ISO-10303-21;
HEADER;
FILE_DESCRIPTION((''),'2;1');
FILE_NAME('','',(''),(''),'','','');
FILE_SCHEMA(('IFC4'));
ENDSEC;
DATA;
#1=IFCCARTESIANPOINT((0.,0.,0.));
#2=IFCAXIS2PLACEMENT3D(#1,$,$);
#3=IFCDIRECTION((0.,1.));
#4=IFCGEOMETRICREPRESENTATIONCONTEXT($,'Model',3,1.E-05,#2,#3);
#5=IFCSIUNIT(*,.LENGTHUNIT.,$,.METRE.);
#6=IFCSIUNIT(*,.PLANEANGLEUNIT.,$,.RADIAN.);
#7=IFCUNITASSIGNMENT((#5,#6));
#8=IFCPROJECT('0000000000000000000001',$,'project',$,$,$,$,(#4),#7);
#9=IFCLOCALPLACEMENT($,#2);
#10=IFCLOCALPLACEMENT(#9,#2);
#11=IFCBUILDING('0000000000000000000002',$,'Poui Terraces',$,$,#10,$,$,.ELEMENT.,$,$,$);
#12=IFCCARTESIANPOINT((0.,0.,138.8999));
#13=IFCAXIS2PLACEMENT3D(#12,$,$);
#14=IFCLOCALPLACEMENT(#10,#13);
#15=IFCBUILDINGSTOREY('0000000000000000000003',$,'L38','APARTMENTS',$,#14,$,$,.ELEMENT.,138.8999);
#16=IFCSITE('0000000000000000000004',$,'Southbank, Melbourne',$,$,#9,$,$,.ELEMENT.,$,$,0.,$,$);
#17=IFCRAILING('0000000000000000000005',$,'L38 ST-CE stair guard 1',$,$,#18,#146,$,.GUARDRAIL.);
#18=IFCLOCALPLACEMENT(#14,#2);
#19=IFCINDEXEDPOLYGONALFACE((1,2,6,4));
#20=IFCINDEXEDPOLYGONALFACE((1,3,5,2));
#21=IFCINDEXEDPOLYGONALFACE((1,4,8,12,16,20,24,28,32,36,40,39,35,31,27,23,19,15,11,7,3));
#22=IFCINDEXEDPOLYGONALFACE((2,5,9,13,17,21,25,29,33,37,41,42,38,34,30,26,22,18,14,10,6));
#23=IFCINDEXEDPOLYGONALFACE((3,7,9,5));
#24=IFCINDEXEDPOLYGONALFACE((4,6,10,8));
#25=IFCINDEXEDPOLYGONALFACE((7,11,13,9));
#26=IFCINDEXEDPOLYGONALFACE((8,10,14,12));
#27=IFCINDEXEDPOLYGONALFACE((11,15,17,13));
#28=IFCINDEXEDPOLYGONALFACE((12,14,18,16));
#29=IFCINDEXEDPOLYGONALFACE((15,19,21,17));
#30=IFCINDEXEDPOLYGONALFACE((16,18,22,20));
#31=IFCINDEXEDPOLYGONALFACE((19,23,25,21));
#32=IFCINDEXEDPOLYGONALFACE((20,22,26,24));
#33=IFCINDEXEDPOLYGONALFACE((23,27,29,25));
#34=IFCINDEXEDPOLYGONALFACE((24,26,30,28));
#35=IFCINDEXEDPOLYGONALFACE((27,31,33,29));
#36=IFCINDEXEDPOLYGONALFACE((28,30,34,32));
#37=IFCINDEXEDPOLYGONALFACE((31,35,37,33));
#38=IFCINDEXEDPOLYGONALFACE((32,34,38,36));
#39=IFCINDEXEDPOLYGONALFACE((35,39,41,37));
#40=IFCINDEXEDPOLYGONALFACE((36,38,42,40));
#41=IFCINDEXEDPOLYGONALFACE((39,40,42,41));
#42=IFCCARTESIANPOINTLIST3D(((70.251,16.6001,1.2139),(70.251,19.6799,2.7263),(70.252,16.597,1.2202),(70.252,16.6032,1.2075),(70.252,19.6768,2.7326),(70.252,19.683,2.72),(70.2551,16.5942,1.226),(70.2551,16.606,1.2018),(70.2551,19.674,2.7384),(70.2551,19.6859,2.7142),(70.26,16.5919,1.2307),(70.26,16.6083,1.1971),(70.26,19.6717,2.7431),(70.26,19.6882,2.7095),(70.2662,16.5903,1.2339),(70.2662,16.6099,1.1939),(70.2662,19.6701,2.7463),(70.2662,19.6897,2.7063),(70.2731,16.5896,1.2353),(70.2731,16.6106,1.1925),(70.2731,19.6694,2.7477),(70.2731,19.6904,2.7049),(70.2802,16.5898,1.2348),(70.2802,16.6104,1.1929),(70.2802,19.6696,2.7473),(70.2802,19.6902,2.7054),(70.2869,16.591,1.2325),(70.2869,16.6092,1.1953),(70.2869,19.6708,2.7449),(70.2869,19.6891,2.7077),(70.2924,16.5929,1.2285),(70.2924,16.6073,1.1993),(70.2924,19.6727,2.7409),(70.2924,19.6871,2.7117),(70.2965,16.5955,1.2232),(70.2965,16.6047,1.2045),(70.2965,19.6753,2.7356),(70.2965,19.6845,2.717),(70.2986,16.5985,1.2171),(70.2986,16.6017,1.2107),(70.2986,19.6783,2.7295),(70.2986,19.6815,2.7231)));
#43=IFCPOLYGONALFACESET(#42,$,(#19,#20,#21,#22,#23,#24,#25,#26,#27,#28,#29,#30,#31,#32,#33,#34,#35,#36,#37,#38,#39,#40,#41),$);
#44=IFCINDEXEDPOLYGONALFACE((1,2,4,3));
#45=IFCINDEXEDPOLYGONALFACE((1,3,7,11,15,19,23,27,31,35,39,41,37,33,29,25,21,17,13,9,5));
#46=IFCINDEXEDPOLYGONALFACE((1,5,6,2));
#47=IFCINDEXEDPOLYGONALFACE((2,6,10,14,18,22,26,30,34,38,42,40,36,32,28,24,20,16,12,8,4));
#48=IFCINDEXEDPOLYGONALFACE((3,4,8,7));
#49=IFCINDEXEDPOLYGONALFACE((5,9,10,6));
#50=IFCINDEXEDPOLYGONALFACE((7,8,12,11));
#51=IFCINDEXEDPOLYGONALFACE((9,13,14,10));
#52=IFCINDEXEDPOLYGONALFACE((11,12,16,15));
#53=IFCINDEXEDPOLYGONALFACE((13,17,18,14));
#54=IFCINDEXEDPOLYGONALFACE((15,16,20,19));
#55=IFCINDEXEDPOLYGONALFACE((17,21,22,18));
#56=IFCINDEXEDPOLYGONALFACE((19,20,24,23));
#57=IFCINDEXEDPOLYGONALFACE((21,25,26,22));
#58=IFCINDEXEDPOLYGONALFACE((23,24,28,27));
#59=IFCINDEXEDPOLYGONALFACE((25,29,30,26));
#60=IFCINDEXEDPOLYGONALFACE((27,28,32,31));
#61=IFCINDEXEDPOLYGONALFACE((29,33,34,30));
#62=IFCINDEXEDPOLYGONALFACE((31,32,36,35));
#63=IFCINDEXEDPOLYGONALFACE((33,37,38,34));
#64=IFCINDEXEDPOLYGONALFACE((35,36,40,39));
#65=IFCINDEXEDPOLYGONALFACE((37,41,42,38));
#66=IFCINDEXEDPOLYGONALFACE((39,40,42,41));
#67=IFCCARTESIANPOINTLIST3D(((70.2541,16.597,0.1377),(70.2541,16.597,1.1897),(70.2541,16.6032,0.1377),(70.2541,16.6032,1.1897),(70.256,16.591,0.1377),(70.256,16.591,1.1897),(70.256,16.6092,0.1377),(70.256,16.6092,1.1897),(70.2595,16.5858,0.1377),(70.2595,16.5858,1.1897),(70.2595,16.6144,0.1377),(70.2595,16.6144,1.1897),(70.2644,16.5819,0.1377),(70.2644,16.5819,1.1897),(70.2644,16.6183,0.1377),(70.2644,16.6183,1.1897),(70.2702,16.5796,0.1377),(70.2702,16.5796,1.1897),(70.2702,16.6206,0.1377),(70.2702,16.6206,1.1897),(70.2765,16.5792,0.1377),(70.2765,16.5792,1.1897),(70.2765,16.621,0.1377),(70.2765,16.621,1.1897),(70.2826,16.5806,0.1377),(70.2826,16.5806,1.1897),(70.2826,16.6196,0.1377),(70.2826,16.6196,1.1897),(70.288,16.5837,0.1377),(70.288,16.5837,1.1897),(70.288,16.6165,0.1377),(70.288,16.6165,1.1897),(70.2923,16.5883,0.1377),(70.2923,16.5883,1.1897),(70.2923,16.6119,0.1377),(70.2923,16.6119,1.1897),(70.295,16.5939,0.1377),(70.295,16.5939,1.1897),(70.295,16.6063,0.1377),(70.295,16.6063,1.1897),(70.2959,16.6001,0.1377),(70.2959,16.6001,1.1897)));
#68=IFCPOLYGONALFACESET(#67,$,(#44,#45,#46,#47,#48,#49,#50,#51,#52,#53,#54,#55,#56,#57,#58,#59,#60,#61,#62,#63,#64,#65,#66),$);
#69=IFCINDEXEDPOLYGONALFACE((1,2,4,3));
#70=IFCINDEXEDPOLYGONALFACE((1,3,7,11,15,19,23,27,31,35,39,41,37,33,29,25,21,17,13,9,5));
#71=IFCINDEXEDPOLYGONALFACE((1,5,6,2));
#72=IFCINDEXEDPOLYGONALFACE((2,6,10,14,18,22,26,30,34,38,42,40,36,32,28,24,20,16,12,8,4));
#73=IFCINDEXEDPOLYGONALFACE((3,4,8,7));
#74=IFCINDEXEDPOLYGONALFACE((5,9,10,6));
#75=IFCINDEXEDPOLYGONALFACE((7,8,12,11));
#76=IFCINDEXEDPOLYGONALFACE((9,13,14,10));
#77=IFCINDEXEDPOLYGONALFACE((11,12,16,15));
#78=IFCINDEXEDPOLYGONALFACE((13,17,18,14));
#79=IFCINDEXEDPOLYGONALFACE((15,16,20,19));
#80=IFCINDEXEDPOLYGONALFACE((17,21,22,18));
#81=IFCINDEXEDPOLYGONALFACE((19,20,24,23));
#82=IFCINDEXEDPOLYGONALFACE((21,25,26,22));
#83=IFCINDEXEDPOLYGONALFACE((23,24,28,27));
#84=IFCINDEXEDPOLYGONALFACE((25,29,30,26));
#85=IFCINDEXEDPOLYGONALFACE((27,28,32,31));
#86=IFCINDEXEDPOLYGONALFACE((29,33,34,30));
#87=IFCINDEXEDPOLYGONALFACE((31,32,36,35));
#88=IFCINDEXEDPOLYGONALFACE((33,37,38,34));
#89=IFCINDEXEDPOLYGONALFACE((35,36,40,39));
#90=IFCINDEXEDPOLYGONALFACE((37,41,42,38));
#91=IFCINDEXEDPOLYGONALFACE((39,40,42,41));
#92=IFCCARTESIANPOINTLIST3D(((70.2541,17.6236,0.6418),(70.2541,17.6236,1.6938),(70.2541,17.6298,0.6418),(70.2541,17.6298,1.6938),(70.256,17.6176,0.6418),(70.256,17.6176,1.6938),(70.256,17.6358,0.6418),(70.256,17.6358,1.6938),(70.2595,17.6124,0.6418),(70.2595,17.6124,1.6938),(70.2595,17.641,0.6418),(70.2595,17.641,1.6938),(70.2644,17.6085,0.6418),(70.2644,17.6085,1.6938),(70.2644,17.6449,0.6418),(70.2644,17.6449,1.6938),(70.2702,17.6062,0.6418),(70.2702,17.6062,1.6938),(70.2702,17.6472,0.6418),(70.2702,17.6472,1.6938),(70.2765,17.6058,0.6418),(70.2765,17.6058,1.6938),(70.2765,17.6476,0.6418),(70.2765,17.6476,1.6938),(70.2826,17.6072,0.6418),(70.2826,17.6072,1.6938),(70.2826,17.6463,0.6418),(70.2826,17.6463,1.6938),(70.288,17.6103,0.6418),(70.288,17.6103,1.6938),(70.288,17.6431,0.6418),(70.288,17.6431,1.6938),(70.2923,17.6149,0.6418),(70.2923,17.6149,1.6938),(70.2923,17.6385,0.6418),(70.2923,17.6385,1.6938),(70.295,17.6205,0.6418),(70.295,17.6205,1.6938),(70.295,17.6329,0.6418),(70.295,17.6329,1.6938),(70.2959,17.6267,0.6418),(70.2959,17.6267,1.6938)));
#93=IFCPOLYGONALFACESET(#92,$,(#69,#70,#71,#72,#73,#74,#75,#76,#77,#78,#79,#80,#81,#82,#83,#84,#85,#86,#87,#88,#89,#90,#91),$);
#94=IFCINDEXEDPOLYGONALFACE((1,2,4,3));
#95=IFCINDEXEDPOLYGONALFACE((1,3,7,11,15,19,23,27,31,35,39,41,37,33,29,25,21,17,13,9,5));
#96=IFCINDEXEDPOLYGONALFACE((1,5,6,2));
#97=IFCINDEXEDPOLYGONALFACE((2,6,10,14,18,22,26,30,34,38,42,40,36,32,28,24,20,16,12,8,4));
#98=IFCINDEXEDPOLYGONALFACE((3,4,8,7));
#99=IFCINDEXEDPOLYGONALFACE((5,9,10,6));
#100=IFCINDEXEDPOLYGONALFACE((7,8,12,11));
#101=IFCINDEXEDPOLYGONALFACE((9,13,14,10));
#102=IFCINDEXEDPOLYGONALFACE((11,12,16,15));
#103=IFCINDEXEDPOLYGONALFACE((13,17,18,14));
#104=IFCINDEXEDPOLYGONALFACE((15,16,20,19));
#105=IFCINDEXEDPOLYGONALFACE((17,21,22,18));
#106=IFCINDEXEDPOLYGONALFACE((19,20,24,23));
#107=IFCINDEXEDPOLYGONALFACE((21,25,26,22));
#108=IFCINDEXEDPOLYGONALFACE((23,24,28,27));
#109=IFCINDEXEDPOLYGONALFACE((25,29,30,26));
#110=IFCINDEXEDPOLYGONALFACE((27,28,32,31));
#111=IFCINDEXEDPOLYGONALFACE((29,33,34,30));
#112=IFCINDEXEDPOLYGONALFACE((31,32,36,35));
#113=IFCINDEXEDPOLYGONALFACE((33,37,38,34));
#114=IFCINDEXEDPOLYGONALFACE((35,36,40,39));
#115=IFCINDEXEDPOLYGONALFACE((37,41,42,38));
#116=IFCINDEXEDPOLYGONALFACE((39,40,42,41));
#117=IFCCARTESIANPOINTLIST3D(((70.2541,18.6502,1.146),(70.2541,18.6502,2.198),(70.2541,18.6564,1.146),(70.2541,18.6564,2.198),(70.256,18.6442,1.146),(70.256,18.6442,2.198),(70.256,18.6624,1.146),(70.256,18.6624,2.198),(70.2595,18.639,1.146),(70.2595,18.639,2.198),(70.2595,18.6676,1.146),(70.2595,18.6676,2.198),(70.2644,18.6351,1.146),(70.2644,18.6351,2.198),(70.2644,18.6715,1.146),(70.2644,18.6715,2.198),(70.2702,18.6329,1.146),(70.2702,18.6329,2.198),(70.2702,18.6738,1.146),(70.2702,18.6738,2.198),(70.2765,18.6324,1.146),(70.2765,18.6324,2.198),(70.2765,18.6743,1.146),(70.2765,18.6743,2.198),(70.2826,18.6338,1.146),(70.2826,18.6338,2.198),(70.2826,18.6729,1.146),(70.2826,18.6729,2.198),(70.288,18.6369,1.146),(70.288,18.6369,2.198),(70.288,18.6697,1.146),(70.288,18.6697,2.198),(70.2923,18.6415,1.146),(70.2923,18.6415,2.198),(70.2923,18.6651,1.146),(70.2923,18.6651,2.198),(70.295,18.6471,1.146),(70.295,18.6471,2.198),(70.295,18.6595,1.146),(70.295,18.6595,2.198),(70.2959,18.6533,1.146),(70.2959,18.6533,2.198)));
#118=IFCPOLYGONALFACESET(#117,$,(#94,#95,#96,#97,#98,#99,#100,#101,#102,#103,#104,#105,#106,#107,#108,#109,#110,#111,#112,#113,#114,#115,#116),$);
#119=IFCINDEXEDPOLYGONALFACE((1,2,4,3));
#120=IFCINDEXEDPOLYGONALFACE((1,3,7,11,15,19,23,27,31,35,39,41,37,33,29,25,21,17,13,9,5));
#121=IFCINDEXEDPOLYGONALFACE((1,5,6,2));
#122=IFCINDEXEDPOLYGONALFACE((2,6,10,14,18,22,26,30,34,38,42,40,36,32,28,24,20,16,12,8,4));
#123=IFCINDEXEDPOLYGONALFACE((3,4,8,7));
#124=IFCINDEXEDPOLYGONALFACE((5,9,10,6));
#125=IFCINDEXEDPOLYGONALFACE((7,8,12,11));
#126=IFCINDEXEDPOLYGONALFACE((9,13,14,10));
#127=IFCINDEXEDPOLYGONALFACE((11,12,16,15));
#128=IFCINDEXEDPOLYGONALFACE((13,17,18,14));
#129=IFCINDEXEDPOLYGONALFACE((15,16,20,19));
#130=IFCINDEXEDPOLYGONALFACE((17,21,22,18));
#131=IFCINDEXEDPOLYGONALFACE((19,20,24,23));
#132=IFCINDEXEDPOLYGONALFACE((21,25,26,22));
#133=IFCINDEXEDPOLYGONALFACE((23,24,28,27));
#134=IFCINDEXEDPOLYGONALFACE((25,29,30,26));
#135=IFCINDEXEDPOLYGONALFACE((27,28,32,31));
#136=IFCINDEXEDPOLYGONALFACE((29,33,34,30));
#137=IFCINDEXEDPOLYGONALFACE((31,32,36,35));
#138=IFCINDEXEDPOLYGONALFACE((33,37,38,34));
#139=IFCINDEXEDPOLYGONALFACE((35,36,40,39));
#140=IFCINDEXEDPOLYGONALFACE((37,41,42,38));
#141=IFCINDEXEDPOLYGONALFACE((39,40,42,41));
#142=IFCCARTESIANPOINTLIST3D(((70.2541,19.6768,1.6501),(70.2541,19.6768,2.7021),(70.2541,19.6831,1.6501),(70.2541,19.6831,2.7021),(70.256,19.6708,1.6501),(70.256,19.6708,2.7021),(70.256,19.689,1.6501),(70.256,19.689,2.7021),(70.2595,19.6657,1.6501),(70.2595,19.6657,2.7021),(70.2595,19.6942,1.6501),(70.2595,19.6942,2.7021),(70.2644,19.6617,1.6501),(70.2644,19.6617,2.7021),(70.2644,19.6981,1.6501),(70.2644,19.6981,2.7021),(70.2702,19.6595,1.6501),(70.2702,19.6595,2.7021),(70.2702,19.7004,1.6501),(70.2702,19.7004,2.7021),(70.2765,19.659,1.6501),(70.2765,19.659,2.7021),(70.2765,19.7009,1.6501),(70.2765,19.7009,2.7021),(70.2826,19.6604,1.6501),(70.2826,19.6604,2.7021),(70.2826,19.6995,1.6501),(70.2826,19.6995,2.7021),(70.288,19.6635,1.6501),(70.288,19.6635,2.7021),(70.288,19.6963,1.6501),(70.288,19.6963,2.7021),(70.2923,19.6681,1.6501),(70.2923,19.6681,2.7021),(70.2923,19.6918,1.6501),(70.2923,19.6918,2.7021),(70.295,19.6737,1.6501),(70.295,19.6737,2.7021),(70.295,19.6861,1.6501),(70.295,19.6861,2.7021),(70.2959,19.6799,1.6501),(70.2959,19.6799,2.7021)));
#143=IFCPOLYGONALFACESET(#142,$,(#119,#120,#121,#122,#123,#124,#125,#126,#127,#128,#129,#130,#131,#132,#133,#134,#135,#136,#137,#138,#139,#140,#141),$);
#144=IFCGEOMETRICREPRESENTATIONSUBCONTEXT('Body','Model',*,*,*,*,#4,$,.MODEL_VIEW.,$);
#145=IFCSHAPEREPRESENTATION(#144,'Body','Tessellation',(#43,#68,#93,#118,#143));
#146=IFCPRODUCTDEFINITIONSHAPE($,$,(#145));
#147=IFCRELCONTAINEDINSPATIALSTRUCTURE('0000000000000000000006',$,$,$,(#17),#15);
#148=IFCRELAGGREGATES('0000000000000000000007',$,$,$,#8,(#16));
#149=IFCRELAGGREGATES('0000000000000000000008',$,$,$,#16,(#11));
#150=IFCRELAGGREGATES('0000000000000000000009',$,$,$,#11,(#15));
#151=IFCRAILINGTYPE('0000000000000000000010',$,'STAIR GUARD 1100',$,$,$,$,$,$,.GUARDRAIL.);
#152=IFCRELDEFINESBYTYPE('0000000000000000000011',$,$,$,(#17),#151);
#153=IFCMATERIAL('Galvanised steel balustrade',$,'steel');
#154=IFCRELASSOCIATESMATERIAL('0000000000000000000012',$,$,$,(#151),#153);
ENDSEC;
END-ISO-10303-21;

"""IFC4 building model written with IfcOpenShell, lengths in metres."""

from ifc_helpers import new_model, si_unit, direction, frame, origin, origin_2d, place, context, subcontext, project, spatial, circle, extrude, material, type_object, element, save


model = new_model("IFC4")

# Units and contexts
model_context = context("Model", 3, precision=1e-05, world=origin(), true_north=direction((0.0, 1.0)))
body_context = subcontext(model_context, "Body", "Model", "MODEL_VIEW")
ifc_project = project(units=[si_unit("LENGTHUNIT", "METRE"), si_unit("PLANEANGLEUNIT", "RADIAN")], contexts=[model_context])

# Site, building, storey
site_placement = place(None, origin())
site = spatial("IfcSite", under=ifc_project, at=site_placement, Name="Southbank, Melbourne", CompositionType="ELEMENT", RefElevation=0.0)
building_placement = place(site_placement, origin())
building = spatial("IfcBuilding", under=site, at=building_placement, Name="Poui Terraces", CompositionType="ELEMENT")
storey_placement = place(building_placement, frame((0.0, 0.0, 138.8999)))
storey = spatial("IfcBuildingStorey", under=building, at=storey_placement, Name="L38", Description="APARTMENTS", CompositionType="ELEMENT", Elevation=138.8999)

# Railing
ifc_material_1 = material(Name="Galvanised steel balustrade", Category="steel")
railing_type_1 = type_object("IfcRailingType", Name="STAIR GUARD 1100", PredefinedType="GUARDRAIL", material=ifc_material_1)
railing_1_placement = place(storey_placement, frame((70.2749, 16.6001, 0.1377)))
element("IfcRailing", 1, at=railing_1_placement, inside=storey, type_object=railing_type_1, Name="L38 ST-CE stair guard 1", PredefinedType="GUARDRAIL", context=body_context, shape_type="SweptSolid", body=[
    extrude(circle(Radius=0.0239, at=origin_2d()), frame((0.0, 0.0, 1.0762), z_axis=(0.0, 0.897606, 0.440798), x_axis=(-1.0, 0.0, 0.0)), (0.0, 0.0, 1.0), 3.4312),
    extrude(circle(Radius=0.021, at=origin_2d()), origin(), (0.0, 0.0, 1.0), 1.052),
    extrude(circle(Radius=0.021, at=origin_2d()), frame((0.0, 1.0266, 0.5042)), (0.0, 0.0, 1.0), 1.052),
    extrude(circle(Radius=0.021, at=origin_2d()), frame((0.0, 2.0532, 1.0083)), (0.0, 0.0, 1.0), 1.052),
    extrude(circle(Radius=0.021, at=origin_2d()), frame((0.0, 3.0798, 1.5125)), (0.0, 0.0, 1.0), 1.052),
])

save(model, "model.ifc")
